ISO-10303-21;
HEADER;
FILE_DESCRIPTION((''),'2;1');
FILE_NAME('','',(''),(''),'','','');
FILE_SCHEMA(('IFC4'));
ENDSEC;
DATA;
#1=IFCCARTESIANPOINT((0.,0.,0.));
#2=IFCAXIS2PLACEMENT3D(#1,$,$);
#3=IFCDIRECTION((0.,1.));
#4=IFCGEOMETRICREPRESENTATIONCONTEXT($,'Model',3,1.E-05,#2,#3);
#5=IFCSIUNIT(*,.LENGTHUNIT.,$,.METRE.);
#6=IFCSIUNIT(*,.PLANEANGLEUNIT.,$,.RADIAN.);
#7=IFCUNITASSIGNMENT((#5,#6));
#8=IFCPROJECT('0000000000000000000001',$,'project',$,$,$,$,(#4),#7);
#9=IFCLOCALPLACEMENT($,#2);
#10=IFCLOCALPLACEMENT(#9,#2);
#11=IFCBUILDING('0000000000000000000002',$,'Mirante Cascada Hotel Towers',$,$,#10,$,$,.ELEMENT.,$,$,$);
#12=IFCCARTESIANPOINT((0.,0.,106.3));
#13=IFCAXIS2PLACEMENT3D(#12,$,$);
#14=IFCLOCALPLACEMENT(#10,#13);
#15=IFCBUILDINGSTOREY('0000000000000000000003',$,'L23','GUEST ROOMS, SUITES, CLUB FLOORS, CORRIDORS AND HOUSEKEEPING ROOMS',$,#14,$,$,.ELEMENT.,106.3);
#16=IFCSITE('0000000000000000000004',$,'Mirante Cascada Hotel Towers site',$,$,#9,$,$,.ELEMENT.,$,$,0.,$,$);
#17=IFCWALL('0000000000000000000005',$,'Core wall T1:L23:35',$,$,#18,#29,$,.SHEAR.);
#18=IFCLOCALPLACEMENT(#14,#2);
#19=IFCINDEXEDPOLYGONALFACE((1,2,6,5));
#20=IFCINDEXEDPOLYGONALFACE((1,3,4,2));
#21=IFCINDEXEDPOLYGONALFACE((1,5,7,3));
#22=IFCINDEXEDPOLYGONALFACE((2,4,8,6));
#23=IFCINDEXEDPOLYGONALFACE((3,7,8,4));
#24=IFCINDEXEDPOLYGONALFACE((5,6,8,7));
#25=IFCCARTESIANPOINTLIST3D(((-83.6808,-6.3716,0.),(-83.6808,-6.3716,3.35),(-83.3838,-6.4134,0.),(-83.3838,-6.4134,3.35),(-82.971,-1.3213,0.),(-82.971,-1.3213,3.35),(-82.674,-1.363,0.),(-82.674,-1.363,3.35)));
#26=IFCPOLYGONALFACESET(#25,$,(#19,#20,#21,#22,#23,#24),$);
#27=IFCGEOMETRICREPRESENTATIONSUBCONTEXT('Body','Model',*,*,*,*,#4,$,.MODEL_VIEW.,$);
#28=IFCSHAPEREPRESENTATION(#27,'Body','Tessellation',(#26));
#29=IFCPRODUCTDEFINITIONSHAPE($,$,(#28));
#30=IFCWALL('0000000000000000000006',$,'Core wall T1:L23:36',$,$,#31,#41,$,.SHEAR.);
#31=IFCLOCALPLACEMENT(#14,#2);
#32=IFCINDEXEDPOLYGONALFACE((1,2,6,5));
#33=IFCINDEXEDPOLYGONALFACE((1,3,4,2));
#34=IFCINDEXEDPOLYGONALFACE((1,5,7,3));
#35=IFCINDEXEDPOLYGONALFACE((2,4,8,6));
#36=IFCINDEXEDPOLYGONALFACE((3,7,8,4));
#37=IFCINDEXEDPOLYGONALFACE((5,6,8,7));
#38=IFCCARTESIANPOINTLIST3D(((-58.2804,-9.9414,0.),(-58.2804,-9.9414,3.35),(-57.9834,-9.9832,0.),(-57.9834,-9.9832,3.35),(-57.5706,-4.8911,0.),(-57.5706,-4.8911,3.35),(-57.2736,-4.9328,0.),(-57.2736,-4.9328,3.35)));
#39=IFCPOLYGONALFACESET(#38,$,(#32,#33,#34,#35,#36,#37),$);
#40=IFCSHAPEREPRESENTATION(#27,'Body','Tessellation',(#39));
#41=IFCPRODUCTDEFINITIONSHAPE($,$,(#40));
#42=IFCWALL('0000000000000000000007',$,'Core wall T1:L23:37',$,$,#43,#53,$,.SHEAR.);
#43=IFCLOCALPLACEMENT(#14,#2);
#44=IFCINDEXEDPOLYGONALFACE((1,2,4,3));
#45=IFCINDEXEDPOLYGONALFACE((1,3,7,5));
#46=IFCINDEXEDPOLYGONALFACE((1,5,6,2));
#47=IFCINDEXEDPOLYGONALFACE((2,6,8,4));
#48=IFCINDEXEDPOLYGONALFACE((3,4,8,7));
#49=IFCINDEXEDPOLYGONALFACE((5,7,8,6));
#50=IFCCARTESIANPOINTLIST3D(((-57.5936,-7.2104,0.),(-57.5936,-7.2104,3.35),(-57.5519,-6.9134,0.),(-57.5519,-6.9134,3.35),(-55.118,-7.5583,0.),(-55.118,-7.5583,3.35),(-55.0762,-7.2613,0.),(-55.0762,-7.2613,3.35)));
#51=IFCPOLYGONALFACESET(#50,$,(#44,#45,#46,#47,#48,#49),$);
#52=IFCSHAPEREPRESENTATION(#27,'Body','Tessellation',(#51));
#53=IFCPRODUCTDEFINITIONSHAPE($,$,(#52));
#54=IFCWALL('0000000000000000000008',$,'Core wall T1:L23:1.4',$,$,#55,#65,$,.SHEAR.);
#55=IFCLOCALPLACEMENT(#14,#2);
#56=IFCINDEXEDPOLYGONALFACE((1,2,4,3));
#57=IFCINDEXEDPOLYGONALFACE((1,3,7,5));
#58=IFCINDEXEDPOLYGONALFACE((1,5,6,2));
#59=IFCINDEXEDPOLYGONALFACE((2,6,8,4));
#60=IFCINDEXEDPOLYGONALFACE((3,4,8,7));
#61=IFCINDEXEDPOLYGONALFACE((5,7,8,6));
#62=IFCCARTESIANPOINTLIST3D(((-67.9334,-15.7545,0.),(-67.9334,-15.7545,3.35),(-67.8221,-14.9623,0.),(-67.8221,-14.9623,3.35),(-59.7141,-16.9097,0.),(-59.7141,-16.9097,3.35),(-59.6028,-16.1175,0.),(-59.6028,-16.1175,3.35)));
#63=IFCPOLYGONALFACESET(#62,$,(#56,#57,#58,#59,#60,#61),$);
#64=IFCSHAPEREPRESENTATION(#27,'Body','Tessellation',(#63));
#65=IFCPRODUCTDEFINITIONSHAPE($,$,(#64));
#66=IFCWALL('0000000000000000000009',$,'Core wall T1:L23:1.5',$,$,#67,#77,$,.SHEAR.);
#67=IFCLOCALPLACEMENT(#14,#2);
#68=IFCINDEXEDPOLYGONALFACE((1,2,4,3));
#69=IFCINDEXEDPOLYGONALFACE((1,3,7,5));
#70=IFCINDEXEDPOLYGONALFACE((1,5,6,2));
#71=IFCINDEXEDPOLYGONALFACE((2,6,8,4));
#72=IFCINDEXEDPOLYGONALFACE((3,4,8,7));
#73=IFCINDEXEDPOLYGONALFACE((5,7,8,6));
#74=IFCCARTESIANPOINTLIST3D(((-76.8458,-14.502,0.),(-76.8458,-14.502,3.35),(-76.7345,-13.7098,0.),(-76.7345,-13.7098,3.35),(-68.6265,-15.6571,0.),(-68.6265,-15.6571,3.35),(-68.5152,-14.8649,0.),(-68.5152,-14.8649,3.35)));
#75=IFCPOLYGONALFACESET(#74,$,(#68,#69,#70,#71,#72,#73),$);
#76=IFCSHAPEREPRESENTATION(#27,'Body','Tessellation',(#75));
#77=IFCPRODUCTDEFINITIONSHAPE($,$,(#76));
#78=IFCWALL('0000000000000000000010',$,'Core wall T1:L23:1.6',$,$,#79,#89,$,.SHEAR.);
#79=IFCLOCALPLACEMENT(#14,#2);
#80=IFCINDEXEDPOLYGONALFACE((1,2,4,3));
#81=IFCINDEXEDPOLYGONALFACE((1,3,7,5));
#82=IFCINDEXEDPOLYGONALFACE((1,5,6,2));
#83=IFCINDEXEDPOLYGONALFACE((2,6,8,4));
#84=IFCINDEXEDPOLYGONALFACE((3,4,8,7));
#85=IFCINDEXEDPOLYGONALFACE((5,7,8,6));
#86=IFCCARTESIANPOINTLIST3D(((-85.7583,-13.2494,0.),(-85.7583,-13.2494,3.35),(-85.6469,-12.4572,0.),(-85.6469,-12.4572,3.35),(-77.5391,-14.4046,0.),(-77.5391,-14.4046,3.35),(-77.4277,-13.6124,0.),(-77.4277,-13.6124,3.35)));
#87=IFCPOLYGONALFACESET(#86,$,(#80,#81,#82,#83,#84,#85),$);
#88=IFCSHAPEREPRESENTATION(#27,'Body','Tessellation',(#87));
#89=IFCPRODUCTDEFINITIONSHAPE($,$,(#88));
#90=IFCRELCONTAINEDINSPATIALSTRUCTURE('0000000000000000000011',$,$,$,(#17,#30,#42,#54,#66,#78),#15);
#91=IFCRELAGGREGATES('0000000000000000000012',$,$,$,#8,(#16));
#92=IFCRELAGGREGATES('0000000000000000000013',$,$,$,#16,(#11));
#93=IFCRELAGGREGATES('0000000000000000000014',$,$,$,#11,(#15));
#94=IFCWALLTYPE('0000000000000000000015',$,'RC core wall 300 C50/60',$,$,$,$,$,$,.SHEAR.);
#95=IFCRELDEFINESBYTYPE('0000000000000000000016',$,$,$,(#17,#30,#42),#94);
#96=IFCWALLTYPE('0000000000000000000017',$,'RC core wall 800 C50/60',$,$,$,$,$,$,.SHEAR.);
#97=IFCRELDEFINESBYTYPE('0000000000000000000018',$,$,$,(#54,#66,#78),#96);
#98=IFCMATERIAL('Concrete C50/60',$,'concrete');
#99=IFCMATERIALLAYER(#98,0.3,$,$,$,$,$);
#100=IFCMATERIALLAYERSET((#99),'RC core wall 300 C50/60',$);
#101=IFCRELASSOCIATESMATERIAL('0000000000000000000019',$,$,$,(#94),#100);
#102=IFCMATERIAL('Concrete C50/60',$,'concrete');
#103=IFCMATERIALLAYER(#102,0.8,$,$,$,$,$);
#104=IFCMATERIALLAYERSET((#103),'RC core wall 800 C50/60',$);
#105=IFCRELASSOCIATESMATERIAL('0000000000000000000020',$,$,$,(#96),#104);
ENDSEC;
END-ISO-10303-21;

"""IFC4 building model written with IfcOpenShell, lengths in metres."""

from ifc_helpers import new_model, si_unit, direction, frame, frame_2d, origin, place, context, subcontext, project, spatial, rectangle, extrude, material, layer, layer_set, type_object, element, save


model = new_model("IFC4")

# Units and contexts
model_context = context("Model", 3, precision=1e-05, world=origin(), true_north=direction((0.0, 1.0)))
body_context = subcontext(model_context, "Body", "Model", "MODEL_VIEW")
ifc_project = project(units=[si_unit("LENGTHUNIT", "METRE"), si_unit("PLANEANGLEUNIT", "RADIAN")], contexts=[model_context])

# Site, building, storey
site_placement = place(None, origin())
site = spatial("IfcSite", under=ifc_project, at=site_placement, Name="Mirante Cascada Hotel Towers site", CompositionType="ELEMENT", RefElevation=0.0)
building_placement = place(site_placement, origin())
building = spatial("IfcBuilding", under=site, at=building_placement, Name="Mirante Cascada Hotel Towers", CompositionType="ELEMENT")
storey_placement = place(building_placement, frame((0.0, 0.0, 106.3)))
storey = spatial("IfcBuildingStorey", under=building, at=storey_placement, Name="L23", Description="GUEST ROOMS, SUITES, CLUB FLOORS, CORRIDORS AND HOUSEKEEPING ROOMS", CompositionType="ELEMENT", Elevation=106.3)

# Shared definitions
ifc_material_1 = material(Name="Concrete C50/60", Category="concrete")
ifc_layer_1 = layer(ifc_material_1, 0.3)
ifc_layer_set_1 = layer_set([ifc_layer_1], Name="RC core wall 300 C50/60")
wall_type_1 = type_object("IfcWallType", Name="RC core wall 300 C50/60", PredefinedType="SHEAR", material=ifc_layer_set_1)

# Walls
for number, where, z_axis, x_axis, name in (
    (1, (-83.5323, -6.3925, 0.0), (0.0, 0.0, 1.0), (0.139176, 0.990268, 0.0), "Core wall T1:L23:35"),
    (2, (-58.1319, -9.9623, 0.0), (0.0, 0.0, 1.0), (0.139176, 0.990268, 0.0), "Core wall T1:L23:36"),
):
    element("IfcWall", number, at=place(storey_placement, frame(where, z_axis=z_axis, x_axis=x_axis)), inside=storey, type_object=wall_type_1, Name=name, PredefinedType="SHEAR", context=body_context, shape_type="SweptSolid", body=[
        extrude(rectangle(XDim=5.1, YDim=0.3, at=frame_2d((2.55, 0.0))), origin(), (0.0, 0.0, 1.0), 3.35),
    ])
wall_1_placement = place(storey_placement, frame((-55.0971, -7.4098, 0.0), z_axis=(0.0, 0.0, 1.0), x_axis=(-0.99027, 0.139159, 0.0)))
element("IfcWall", 3, at=wall_1_placement, inside=storey, type_object=wall_type_1, Name="Core wall T1:L23:37", PredefinedType="SHEAR", context=body_context, shape_type="SweptSolid", body=[
    extrude(rectangle(XDim=2.5, YDim=0.3, at=frame_2d((1.25, 0.0))), origin(), (0.0, 0.0, 1.0), 3.35),
])
ifc_material_2 = material(Name="Concrete C50/60", Category="concrete")
ifc_layer_2 = layer(ifc_material_2, 0.8)
ifc_layer_set_2 = layer_set([ifc_layer_2], Name="RC core wall 800 C50/60")
wall_type_2 = type_object("IfcWallType", Name="RC core wall 800 C50/60", PredefinedType="SHEAR", material=ifc_layer_set_2)
for number, where, z_axis, x_axis, name in (
    (4, (-59.6585, -16.5136, 0.0), (0.0, 0.0, 1.0), (-0.990267, 0.139179, 0.0), "Core wall T1:L23:1.4"),
    (5, (-68.5709, -15.261, 0.0), (0.0, 0.0, 1.0), (-0.990269, 0.139167, 0.0), "Core wall T1:L23:1.5"),
):
    element("IfcWall", number, at=place(storey_placement, frame(where, z_axis=z_axis, x_axis=x_axis)), inside=storey, type_object=wall_type_2, Name=name, PredefinedType="SHEAR", context=body_context, shape_type="SweptSolid", body=[
        extrude(rectangle(XDim=8.3001, YDim=0.8, at=frame_2d((4.15, 0.0))), origin(), (0.0, 0.0, 1.0), 3.35),
    ])
wall_2_placement = place(storey_placement, frame((-77.4834, -14.0085, 0.0), z_axis=(0.0, 0.0, 1.0), x_axis=(-0.990267, 0.139181, 0.0)))
element("IfcWall", 6, at=wall_2_placement, inside=storey, type_object=wall_type_2, Name="Core wall T1:L23:1.6", PredefinedType="SHEAR", context=body_context, shape_type="SweptSolid", body=[
    extrude(rectangle(XDim=8.3, YDim=0.8, at=frame_2d((4.15, 0.0))), origin(), (0.0, 0.0, 1.0), 3.35),
])

save(model, "model.ifc")
